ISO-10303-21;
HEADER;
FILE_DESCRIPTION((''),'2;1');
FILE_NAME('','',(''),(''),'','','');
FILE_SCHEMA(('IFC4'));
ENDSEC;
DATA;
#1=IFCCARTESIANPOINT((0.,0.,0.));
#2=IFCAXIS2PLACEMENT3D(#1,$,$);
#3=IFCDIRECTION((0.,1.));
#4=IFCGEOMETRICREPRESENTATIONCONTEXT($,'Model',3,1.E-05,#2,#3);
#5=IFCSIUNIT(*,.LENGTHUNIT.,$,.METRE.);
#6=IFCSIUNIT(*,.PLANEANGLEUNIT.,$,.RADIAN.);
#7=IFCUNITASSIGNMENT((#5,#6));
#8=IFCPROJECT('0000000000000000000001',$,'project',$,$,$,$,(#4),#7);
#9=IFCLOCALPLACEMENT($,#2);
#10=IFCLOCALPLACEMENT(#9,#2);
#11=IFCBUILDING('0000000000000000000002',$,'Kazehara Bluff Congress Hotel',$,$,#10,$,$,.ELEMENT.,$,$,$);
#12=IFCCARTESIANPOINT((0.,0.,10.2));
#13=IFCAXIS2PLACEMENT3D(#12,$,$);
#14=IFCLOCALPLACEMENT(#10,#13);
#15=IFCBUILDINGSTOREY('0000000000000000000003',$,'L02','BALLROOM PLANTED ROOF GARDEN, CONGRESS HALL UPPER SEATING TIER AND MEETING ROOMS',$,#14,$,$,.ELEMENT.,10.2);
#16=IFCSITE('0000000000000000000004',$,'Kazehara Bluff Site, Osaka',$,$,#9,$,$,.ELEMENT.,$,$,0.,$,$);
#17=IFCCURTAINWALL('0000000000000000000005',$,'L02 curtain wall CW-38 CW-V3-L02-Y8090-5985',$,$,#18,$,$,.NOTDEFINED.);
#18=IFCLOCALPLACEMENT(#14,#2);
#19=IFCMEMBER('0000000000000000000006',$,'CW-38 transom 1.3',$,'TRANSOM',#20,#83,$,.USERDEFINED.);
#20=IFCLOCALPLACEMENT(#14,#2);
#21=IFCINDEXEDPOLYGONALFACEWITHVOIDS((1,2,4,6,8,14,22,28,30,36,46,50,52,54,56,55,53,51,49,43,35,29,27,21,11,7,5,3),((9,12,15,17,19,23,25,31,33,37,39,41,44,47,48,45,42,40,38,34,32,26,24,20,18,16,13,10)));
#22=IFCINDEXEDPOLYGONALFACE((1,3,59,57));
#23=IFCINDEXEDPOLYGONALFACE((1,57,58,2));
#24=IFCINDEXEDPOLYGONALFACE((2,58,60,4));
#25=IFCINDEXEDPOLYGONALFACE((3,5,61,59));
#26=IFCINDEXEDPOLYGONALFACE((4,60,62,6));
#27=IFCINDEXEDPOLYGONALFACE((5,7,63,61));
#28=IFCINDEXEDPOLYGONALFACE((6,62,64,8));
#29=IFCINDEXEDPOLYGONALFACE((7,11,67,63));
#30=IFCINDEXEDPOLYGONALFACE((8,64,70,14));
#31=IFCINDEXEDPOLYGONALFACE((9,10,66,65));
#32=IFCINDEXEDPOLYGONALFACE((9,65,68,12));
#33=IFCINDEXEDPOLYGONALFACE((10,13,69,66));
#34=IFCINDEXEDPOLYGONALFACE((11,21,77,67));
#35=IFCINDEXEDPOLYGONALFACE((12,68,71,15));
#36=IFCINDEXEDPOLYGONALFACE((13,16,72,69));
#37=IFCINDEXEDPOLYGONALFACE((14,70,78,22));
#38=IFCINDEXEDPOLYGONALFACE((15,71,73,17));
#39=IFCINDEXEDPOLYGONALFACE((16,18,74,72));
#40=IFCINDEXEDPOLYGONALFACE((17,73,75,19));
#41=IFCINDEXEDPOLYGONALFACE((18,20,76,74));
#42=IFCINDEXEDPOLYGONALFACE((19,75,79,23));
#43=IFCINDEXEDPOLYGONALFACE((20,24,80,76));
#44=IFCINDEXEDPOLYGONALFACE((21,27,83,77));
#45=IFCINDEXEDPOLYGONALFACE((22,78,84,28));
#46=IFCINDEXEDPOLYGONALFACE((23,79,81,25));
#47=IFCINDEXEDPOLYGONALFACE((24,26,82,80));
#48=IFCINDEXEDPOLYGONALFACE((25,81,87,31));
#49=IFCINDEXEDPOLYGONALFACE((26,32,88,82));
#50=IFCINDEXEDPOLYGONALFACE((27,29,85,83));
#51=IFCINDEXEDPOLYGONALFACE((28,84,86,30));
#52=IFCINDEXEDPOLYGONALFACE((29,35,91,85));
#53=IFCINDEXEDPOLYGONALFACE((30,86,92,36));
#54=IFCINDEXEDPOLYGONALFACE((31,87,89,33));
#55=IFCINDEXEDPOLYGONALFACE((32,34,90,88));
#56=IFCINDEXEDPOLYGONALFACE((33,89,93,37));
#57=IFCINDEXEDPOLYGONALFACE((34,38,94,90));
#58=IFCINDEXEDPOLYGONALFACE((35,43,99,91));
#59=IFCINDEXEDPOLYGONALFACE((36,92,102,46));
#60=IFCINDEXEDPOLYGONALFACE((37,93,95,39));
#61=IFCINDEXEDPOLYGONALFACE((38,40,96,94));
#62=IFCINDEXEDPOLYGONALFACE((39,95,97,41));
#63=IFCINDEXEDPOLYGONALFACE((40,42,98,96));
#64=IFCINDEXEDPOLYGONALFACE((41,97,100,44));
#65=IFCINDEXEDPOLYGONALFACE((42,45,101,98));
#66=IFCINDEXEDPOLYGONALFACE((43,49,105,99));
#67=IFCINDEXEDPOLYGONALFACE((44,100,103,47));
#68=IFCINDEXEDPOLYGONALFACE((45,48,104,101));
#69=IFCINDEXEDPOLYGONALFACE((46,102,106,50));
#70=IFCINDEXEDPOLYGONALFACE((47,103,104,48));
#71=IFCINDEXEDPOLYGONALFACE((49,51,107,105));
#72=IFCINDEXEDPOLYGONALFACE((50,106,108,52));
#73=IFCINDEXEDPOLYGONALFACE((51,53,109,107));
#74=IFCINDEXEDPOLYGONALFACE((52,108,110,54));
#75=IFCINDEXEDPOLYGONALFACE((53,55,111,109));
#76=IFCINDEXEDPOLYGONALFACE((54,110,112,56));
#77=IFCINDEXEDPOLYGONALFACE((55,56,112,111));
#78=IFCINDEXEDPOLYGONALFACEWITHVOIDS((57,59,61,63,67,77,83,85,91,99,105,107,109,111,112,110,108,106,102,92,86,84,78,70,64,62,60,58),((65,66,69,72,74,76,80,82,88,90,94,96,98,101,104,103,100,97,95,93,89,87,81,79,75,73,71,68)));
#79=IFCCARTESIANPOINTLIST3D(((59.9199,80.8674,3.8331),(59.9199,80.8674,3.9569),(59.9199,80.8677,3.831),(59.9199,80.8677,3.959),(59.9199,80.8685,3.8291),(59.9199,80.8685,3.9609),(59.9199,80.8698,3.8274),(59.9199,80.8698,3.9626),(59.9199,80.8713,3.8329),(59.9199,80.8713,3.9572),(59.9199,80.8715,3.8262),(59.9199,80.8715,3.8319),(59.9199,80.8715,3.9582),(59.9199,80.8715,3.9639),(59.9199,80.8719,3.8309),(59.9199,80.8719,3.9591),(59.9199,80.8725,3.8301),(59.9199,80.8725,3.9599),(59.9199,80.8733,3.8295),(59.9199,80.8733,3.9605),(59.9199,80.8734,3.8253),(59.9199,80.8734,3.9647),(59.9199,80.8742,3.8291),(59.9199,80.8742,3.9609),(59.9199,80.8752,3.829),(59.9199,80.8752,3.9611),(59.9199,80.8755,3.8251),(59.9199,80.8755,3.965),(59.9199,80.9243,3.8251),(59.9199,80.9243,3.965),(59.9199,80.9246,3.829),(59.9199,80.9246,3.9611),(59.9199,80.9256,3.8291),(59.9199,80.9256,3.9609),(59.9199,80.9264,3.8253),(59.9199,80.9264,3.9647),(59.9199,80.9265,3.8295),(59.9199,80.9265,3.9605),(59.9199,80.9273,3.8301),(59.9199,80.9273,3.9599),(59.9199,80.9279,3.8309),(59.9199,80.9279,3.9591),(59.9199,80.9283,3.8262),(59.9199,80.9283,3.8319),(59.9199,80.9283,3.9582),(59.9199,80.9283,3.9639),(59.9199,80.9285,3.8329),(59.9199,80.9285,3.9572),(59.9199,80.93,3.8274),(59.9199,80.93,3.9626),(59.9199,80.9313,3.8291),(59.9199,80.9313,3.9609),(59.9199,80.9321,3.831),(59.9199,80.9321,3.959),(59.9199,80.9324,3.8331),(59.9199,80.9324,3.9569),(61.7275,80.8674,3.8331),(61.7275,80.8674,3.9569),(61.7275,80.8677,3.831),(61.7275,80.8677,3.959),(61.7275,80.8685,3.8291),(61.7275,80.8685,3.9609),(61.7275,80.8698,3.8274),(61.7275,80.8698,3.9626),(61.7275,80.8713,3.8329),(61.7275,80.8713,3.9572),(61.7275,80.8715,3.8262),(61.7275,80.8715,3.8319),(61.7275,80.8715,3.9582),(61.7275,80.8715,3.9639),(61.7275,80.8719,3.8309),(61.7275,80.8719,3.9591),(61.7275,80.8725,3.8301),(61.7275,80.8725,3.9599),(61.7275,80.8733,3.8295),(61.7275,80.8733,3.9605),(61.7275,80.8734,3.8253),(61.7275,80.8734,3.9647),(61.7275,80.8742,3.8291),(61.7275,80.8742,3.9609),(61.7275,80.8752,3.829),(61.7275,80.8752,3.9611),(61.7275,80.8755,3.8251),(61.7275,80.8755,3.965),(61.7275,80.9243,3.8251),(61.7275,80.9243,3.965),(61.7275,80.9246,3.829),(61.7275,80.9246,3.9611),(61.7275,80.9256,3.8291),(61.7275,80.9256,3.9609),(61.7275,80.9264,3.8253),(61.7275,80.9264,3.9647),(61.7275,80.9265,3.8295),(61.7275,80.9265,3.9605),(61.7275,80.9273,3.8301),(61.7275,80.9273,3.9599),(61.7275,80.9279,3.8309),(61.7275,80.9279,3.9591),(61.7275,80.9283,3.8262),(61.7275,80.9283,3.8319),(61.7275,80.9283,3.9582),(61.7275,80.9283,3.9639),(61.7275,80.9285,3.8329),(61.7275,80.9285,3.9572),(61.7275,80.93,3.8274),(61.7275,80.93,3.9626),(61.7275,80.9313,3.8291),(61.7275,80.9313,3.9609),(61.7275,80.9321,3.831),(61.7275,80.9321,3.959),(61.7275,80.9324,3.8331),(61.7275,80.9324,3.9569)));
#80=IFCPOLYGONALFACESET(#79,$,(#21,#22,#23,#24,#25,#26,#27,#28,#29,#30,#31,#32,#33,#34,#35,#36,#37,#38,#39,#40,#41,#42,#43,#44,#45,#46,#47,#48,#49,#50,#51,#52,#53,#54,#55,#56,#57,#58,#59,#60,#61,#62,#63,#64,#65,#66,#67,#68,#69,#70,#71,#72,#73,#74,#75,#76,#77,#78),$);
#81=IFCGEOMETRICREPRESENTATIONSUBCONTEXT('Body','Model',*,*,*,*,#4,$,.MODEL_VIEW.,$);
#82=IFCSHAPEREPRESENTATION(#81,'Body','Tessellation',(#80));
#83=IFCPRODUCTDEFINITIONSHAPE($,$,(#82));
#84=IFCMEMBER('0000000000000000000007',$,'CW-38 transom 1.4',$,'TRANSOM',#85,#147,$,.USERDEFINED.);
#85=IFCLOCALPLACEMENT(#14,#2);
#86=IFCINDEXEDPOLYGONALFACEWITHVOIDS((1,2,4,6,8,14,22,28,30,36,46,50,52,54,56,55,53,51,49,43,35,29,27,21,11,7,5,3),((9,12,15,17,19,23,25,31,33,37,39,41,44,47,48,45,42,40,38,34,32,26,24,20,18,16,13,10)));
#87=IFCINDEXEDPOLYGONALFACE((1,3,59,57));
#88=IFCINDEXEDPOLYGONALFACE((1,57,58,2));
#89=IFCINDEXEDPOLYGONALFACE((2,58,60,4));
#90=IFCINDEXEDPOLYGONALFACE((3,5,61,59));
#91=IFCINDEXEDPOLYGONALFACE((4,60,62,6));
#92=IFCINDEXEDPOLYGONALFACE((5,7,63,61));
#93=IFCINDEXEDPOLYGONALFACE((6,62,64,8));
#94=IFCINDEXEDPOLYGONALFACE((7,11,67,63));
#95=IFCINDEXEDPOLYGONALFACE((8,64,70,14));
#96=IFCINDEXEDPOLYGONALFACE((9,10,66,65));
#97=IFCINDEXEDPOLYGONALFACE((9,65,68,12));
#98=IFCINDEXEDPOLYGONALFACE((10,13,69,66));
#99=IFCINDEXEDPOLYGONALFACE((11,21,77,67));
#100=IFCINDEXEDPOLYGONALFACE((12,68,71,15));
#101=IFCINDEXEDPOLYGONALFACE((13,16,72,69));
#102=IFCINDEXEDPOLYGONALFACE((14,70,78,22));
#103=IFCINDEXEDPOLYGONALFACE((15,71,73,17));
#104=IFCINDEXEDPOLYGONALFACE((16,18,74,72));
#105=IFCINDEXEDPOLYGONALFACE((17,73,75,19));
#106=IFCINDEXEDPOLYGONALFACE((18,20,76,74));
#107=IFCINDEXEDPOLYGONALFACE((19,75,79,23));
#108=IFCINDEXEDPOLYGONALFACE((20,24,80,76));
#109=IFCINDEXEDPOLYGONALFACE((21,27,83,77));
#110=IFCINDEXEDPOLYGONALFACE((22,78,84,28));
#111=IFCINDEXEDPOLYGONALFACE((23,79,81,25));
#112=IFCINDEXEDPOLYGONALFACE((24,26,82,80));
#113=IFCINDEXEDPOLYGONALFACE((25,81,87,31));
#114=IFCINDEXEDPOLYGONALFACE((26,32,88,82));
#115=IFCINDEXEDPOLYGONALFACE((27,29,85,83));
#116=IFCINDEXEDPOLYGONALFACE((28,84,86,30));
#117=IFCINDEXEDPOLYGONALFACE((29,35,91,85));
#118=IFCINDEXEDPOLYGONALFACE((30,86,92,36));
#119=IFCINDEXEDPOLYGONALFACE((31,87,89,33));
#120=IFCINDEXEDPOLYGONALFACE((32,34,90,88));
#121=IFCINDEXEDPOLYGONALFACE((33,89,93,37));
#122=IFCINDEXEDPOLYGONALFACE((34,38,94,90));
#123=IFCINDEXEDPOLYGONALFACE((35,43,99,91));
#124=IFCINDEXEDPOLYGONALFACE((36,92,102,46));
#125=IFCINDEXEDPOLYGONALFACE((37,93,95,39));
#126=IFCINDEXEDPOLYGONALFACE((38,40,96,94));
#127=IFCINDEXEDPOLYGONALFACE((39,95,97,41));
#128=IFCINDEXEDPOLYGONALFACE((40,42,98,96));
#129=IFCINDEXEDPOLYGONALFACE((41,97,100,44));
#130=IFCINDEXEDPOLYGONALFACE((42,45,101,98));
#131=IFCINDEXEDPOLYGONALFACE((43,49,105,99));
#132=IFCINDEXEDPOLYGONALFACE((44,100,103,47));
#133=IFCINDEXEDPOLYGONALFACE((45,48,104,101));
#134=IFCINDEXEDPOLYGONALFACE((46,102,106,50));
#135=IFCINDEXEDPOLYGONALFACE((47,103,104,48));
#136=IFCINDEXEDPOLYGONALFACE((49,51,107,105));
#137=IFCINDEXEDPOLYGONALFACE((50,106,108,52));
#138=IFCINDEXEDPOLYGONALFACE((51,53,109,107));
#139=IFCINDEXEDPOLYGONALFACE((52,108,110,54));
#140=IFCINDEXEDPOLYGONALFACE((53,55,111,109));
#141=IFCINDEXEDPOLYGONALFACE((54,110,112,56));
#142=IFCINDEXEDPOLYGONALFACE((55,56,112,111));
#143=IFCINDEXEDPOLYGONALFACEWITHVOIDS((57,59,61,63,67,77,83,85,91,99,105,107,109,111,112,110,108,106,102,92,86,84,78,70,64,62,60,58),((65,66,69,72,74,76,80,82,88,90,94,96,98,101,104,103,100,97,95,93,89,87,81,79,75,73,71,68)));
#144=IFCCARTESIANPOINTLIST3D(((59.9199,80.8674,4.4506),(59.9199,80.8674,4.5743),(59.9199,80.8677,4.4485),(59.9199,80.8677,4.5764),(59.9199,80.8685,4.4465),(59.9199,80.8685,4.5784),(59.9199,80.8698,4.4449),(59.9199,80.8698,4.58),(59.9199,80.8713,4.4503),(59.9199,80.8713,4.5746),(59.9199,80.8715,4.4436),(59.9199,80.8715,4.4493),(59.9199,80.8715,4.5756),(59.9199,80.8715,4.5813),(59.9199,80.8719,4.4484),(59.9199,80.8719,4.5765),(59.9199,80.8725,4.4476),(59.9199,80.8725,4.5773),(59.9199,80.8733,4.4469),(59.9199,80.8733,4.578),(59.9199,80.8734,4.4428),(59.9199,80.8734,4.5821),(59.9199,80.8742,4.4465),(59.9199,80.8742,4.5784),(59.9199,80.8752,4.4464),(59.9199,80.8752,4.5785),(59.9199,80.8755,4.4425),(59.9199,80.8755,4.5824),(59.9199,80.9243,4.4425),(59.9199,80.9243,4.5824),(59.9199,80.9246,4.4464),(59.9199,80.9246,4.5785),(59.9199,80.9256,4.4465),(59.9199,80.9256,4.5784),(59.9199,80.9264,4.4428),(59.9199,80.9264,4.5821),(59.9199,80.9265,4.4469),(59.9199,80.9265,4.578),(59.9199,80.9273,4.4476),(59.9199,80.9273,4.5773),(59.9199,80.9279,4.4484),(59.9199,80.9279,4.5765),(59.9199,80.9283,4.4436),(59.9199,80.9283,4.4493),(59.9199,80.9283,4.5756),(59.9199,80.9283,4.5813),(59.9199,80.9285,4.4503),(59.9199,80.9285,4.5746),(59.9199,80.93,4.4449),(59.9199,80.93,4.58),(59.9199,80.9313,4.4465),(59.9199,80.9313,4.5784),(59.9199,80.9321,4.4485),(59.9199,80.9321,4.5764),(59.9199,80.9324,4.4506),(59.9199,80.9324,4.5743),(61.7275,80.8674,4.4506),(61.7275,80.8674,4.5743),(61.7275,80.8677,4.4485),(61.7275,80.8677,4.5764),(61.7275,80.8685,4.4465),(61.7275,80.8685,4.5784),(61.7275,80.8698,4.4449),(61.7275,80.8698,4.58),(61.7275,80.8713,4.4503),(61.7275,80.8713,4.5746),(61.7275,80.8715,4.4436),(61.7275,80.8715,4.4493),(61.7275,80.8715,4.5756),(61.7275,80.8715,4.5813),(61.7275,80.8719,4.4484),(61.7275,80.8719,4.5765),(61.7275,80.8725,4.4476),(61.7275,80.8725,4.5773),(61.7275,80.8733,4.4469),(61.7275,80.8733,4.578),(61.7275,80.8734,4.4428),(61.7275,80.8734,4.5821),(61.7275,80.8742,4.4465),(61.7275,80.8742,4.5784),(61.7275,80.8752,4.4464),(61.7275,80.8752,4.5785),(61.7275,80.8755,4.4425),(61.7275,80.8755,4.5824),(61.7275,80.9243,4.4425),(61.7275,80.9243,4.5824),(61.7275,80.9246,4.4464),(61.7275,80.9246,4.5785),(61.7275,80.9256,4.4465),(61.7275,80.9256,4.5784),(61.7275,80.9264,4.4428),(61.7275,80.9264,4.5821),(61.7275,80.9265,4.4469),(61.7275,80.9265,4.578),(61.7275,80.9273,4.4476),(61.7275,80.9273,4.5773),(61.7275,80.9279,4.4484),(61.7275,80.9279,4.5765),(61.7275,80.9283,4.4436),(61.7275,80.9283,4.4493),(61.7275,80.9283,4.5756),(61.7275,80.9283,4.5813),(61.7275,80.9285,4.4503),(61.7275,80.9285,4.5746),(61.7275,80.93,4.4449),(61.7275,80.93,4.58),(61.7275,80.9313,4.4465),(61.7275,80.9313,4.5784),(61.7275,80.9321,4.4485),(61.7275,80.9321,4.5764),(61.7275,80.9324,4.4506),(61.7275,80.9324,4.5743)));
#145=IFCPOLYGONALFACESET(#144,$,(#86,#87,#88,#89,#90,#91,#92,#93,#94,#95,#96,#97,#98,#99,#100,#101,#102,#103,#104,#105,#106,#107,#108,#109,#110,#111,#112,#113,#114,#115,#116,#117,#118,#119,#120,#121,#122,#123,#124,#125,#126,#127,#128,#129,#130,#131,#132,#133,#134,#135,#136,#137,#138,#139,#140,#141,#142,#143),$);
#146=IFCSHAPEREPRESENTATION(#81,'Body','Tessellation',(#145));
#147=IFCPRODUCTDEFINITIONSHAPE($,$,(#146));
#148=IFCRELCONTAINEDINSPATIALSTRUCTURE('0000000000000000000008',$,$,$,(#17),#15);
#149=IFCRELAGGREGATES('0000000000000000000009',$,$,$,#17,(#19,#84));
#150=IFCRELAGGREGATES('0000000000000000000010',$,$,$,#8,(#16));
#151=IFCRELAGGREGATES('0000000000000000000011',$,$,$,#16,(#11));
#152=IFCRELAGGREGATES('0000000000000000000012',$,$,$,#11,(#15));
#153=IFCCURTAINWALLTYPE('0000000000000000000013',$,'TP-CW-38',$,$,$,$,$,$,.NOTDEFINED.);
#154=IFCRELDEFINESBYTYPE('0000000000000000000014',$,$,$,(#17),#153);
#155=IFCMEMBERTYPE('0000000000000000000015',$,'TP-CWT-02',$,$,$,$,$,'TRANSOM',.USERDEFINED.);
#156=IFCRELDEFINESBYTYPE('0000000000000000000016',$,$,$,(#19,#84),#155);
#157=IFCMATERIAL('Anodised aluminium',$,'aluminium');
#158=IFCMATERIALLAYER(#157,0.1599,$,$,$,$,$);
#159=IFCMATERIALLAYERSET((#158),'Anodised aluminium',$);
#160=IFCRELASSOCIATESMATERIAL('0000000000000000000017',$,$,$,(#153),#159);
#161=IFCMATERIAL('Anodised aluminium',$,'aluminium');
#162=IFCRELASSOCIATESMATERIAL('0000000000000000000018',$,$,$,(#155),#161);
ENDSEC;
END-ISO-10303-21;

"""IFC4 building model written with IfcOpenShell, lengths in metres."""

from ifc_helpers import new_model, si_unit, direction, frame, origin, origin_2d, place, context, subcontext, project, spatial, hollow_rectangle, extrude, material, layer, layer_set, material_profile, profile_set, type_object, element, aggregate, save


model = new_model("IFC4")

# Units and contexts
model_context = context("Model", 3, precision=1e-05, world=origin(), true_north=direction((0.0, 1.0)))
body_context = subcontext(model_context, "Body", "Model", "MODEL_VIEW")
ifc_project = project(units=[si_unit("LENGTHUNIT", "METRE"), si_unit("PLANEANGLEUNIT", "RADIAN")], contexts=[model_context])

# Site, building, storey
site_placement = place(None, origin())
site = spatial("IfcSite", under=ifc_project, at=site_placement, Name="Kazehara Bluff Site, Osaka", CompositionType="ELEMENT", RefElevation=0.0)
building_placement = place(site_placement, origin())
building = spatial("IfcBuilding", under=site, at=building_placement, Name="Kazehara Bluff Congress Hotel", CompositionType="ELEMENT")
storey_placement = place(building_placement, frame((0.0, 0.0, 10.2)))
storey = spatial("IfcBuildingStorey", under=building, at=storey_placement, Name="L02", Description="BALLROOM PLANTED ROOF GARDEN, CONGRESS HALL UPPER SEATING TIER AND MEETING ROOMS", CompositionType="ELEMENT", Elevation=10.2)

# Curtain wall
ifc_material_1 = material(Name="Anodised aluminium", Category="aluminium")
ifc_layer_1 = layer(ifc_material_1, 0.1599)
ifc_layer_set_1 = layer_set([ifc_layer_1], Name="Anodised aluminium")
curtain_wall_type_1 = type_object("IfcCurtainWallType", Name="TP-CW-38", PredefinedType="NOTDEFINED", material=ifc_layer_set_1)
curtain_wall_1_placement = place(storey_placement, origin())
curtain_wall_1 = element("IfcCurtainWall", 1, at=curtain_wall_1_placement, inside=storey, type_object=curtain_wall_type_1, Name="L02 curtain wall CW-38 CW-V3-L02-Y8090-5985", PredefinedType="NOTDEFINED")

# Members
ifc_material_2 = material(Name="Anodised aluminium", Category="aluminium")
ifc_material_profile_1 = material_profile(ifc_material_2, hollow_rectangle(XDim=0.0649, YDim=0.1399, WallThickness=0.0039, InnerFilletRadius=0.0039, OuterFilletRadius=0.0081, at=origin_2d()))
ifc_profile_set_1 = profile_set([ifc_material_profile_1], Name="Anodised aluminium")
member_type_1 = type_object("IfcMemberType", Name="TP-CWT-02", ElementType="TRANSOM", PredefinedType="USERDEFINED", material=ifc_profile_set_1)
member_1_placement = place(storey_placement, frame((59.9199, 80.8999, 3.895), z_axis=(1.0, 0.0, 0.0), x_axis=(0.0, 1.0, 0.0)))
member_1 = element("IfcMember", 2, at=member_1_placement, type_object=member_type_1, Name="CW-38 transom 1.3", ObjectType="TRANSOM", PredefinedType="USERDEFINED", context=body_context, shape_type="SweptSolid", body=[
    extrude(hollow_rectangle(XDim=0.0649, YDim=0.1399, WallThickness=0.0039, InnerFilletRadius=0.0039, OuterFilletRadius=0.0081, at=origin_2d()), origin(), (0.0, 0.0, 1.0), 1.8076),
])
member_2_placement = place(storey_placement, frame((59.9199, 80.8999, 4.5125), z_axis=(1.0, 0.0, 0.0), x_axis=(0.0, 1.0, 0.0)))
member_2 = element("IfcMember", 3, at=member_2_placement, type_object=member_type_1, Name="CW-38 transom 1.4", ObjectType="TRANSOM", PredefinedType="USERDEFINED", context=body_context, shape_type="SweptSolid", body=[
    extrude(hollow_rectangle(XDim=0.0649, YDim=0.1399, WallThickness=0.0039, InnerFilletRadius=0.0039, OuterFilletRadius=0.0081, at=origin_2d()), origin(), (0.0, 0.0, 1.0), 1.8076),
])

aggregate(curtain_wall_1, [member_1, member_2])

save(model, "model.ifc")
